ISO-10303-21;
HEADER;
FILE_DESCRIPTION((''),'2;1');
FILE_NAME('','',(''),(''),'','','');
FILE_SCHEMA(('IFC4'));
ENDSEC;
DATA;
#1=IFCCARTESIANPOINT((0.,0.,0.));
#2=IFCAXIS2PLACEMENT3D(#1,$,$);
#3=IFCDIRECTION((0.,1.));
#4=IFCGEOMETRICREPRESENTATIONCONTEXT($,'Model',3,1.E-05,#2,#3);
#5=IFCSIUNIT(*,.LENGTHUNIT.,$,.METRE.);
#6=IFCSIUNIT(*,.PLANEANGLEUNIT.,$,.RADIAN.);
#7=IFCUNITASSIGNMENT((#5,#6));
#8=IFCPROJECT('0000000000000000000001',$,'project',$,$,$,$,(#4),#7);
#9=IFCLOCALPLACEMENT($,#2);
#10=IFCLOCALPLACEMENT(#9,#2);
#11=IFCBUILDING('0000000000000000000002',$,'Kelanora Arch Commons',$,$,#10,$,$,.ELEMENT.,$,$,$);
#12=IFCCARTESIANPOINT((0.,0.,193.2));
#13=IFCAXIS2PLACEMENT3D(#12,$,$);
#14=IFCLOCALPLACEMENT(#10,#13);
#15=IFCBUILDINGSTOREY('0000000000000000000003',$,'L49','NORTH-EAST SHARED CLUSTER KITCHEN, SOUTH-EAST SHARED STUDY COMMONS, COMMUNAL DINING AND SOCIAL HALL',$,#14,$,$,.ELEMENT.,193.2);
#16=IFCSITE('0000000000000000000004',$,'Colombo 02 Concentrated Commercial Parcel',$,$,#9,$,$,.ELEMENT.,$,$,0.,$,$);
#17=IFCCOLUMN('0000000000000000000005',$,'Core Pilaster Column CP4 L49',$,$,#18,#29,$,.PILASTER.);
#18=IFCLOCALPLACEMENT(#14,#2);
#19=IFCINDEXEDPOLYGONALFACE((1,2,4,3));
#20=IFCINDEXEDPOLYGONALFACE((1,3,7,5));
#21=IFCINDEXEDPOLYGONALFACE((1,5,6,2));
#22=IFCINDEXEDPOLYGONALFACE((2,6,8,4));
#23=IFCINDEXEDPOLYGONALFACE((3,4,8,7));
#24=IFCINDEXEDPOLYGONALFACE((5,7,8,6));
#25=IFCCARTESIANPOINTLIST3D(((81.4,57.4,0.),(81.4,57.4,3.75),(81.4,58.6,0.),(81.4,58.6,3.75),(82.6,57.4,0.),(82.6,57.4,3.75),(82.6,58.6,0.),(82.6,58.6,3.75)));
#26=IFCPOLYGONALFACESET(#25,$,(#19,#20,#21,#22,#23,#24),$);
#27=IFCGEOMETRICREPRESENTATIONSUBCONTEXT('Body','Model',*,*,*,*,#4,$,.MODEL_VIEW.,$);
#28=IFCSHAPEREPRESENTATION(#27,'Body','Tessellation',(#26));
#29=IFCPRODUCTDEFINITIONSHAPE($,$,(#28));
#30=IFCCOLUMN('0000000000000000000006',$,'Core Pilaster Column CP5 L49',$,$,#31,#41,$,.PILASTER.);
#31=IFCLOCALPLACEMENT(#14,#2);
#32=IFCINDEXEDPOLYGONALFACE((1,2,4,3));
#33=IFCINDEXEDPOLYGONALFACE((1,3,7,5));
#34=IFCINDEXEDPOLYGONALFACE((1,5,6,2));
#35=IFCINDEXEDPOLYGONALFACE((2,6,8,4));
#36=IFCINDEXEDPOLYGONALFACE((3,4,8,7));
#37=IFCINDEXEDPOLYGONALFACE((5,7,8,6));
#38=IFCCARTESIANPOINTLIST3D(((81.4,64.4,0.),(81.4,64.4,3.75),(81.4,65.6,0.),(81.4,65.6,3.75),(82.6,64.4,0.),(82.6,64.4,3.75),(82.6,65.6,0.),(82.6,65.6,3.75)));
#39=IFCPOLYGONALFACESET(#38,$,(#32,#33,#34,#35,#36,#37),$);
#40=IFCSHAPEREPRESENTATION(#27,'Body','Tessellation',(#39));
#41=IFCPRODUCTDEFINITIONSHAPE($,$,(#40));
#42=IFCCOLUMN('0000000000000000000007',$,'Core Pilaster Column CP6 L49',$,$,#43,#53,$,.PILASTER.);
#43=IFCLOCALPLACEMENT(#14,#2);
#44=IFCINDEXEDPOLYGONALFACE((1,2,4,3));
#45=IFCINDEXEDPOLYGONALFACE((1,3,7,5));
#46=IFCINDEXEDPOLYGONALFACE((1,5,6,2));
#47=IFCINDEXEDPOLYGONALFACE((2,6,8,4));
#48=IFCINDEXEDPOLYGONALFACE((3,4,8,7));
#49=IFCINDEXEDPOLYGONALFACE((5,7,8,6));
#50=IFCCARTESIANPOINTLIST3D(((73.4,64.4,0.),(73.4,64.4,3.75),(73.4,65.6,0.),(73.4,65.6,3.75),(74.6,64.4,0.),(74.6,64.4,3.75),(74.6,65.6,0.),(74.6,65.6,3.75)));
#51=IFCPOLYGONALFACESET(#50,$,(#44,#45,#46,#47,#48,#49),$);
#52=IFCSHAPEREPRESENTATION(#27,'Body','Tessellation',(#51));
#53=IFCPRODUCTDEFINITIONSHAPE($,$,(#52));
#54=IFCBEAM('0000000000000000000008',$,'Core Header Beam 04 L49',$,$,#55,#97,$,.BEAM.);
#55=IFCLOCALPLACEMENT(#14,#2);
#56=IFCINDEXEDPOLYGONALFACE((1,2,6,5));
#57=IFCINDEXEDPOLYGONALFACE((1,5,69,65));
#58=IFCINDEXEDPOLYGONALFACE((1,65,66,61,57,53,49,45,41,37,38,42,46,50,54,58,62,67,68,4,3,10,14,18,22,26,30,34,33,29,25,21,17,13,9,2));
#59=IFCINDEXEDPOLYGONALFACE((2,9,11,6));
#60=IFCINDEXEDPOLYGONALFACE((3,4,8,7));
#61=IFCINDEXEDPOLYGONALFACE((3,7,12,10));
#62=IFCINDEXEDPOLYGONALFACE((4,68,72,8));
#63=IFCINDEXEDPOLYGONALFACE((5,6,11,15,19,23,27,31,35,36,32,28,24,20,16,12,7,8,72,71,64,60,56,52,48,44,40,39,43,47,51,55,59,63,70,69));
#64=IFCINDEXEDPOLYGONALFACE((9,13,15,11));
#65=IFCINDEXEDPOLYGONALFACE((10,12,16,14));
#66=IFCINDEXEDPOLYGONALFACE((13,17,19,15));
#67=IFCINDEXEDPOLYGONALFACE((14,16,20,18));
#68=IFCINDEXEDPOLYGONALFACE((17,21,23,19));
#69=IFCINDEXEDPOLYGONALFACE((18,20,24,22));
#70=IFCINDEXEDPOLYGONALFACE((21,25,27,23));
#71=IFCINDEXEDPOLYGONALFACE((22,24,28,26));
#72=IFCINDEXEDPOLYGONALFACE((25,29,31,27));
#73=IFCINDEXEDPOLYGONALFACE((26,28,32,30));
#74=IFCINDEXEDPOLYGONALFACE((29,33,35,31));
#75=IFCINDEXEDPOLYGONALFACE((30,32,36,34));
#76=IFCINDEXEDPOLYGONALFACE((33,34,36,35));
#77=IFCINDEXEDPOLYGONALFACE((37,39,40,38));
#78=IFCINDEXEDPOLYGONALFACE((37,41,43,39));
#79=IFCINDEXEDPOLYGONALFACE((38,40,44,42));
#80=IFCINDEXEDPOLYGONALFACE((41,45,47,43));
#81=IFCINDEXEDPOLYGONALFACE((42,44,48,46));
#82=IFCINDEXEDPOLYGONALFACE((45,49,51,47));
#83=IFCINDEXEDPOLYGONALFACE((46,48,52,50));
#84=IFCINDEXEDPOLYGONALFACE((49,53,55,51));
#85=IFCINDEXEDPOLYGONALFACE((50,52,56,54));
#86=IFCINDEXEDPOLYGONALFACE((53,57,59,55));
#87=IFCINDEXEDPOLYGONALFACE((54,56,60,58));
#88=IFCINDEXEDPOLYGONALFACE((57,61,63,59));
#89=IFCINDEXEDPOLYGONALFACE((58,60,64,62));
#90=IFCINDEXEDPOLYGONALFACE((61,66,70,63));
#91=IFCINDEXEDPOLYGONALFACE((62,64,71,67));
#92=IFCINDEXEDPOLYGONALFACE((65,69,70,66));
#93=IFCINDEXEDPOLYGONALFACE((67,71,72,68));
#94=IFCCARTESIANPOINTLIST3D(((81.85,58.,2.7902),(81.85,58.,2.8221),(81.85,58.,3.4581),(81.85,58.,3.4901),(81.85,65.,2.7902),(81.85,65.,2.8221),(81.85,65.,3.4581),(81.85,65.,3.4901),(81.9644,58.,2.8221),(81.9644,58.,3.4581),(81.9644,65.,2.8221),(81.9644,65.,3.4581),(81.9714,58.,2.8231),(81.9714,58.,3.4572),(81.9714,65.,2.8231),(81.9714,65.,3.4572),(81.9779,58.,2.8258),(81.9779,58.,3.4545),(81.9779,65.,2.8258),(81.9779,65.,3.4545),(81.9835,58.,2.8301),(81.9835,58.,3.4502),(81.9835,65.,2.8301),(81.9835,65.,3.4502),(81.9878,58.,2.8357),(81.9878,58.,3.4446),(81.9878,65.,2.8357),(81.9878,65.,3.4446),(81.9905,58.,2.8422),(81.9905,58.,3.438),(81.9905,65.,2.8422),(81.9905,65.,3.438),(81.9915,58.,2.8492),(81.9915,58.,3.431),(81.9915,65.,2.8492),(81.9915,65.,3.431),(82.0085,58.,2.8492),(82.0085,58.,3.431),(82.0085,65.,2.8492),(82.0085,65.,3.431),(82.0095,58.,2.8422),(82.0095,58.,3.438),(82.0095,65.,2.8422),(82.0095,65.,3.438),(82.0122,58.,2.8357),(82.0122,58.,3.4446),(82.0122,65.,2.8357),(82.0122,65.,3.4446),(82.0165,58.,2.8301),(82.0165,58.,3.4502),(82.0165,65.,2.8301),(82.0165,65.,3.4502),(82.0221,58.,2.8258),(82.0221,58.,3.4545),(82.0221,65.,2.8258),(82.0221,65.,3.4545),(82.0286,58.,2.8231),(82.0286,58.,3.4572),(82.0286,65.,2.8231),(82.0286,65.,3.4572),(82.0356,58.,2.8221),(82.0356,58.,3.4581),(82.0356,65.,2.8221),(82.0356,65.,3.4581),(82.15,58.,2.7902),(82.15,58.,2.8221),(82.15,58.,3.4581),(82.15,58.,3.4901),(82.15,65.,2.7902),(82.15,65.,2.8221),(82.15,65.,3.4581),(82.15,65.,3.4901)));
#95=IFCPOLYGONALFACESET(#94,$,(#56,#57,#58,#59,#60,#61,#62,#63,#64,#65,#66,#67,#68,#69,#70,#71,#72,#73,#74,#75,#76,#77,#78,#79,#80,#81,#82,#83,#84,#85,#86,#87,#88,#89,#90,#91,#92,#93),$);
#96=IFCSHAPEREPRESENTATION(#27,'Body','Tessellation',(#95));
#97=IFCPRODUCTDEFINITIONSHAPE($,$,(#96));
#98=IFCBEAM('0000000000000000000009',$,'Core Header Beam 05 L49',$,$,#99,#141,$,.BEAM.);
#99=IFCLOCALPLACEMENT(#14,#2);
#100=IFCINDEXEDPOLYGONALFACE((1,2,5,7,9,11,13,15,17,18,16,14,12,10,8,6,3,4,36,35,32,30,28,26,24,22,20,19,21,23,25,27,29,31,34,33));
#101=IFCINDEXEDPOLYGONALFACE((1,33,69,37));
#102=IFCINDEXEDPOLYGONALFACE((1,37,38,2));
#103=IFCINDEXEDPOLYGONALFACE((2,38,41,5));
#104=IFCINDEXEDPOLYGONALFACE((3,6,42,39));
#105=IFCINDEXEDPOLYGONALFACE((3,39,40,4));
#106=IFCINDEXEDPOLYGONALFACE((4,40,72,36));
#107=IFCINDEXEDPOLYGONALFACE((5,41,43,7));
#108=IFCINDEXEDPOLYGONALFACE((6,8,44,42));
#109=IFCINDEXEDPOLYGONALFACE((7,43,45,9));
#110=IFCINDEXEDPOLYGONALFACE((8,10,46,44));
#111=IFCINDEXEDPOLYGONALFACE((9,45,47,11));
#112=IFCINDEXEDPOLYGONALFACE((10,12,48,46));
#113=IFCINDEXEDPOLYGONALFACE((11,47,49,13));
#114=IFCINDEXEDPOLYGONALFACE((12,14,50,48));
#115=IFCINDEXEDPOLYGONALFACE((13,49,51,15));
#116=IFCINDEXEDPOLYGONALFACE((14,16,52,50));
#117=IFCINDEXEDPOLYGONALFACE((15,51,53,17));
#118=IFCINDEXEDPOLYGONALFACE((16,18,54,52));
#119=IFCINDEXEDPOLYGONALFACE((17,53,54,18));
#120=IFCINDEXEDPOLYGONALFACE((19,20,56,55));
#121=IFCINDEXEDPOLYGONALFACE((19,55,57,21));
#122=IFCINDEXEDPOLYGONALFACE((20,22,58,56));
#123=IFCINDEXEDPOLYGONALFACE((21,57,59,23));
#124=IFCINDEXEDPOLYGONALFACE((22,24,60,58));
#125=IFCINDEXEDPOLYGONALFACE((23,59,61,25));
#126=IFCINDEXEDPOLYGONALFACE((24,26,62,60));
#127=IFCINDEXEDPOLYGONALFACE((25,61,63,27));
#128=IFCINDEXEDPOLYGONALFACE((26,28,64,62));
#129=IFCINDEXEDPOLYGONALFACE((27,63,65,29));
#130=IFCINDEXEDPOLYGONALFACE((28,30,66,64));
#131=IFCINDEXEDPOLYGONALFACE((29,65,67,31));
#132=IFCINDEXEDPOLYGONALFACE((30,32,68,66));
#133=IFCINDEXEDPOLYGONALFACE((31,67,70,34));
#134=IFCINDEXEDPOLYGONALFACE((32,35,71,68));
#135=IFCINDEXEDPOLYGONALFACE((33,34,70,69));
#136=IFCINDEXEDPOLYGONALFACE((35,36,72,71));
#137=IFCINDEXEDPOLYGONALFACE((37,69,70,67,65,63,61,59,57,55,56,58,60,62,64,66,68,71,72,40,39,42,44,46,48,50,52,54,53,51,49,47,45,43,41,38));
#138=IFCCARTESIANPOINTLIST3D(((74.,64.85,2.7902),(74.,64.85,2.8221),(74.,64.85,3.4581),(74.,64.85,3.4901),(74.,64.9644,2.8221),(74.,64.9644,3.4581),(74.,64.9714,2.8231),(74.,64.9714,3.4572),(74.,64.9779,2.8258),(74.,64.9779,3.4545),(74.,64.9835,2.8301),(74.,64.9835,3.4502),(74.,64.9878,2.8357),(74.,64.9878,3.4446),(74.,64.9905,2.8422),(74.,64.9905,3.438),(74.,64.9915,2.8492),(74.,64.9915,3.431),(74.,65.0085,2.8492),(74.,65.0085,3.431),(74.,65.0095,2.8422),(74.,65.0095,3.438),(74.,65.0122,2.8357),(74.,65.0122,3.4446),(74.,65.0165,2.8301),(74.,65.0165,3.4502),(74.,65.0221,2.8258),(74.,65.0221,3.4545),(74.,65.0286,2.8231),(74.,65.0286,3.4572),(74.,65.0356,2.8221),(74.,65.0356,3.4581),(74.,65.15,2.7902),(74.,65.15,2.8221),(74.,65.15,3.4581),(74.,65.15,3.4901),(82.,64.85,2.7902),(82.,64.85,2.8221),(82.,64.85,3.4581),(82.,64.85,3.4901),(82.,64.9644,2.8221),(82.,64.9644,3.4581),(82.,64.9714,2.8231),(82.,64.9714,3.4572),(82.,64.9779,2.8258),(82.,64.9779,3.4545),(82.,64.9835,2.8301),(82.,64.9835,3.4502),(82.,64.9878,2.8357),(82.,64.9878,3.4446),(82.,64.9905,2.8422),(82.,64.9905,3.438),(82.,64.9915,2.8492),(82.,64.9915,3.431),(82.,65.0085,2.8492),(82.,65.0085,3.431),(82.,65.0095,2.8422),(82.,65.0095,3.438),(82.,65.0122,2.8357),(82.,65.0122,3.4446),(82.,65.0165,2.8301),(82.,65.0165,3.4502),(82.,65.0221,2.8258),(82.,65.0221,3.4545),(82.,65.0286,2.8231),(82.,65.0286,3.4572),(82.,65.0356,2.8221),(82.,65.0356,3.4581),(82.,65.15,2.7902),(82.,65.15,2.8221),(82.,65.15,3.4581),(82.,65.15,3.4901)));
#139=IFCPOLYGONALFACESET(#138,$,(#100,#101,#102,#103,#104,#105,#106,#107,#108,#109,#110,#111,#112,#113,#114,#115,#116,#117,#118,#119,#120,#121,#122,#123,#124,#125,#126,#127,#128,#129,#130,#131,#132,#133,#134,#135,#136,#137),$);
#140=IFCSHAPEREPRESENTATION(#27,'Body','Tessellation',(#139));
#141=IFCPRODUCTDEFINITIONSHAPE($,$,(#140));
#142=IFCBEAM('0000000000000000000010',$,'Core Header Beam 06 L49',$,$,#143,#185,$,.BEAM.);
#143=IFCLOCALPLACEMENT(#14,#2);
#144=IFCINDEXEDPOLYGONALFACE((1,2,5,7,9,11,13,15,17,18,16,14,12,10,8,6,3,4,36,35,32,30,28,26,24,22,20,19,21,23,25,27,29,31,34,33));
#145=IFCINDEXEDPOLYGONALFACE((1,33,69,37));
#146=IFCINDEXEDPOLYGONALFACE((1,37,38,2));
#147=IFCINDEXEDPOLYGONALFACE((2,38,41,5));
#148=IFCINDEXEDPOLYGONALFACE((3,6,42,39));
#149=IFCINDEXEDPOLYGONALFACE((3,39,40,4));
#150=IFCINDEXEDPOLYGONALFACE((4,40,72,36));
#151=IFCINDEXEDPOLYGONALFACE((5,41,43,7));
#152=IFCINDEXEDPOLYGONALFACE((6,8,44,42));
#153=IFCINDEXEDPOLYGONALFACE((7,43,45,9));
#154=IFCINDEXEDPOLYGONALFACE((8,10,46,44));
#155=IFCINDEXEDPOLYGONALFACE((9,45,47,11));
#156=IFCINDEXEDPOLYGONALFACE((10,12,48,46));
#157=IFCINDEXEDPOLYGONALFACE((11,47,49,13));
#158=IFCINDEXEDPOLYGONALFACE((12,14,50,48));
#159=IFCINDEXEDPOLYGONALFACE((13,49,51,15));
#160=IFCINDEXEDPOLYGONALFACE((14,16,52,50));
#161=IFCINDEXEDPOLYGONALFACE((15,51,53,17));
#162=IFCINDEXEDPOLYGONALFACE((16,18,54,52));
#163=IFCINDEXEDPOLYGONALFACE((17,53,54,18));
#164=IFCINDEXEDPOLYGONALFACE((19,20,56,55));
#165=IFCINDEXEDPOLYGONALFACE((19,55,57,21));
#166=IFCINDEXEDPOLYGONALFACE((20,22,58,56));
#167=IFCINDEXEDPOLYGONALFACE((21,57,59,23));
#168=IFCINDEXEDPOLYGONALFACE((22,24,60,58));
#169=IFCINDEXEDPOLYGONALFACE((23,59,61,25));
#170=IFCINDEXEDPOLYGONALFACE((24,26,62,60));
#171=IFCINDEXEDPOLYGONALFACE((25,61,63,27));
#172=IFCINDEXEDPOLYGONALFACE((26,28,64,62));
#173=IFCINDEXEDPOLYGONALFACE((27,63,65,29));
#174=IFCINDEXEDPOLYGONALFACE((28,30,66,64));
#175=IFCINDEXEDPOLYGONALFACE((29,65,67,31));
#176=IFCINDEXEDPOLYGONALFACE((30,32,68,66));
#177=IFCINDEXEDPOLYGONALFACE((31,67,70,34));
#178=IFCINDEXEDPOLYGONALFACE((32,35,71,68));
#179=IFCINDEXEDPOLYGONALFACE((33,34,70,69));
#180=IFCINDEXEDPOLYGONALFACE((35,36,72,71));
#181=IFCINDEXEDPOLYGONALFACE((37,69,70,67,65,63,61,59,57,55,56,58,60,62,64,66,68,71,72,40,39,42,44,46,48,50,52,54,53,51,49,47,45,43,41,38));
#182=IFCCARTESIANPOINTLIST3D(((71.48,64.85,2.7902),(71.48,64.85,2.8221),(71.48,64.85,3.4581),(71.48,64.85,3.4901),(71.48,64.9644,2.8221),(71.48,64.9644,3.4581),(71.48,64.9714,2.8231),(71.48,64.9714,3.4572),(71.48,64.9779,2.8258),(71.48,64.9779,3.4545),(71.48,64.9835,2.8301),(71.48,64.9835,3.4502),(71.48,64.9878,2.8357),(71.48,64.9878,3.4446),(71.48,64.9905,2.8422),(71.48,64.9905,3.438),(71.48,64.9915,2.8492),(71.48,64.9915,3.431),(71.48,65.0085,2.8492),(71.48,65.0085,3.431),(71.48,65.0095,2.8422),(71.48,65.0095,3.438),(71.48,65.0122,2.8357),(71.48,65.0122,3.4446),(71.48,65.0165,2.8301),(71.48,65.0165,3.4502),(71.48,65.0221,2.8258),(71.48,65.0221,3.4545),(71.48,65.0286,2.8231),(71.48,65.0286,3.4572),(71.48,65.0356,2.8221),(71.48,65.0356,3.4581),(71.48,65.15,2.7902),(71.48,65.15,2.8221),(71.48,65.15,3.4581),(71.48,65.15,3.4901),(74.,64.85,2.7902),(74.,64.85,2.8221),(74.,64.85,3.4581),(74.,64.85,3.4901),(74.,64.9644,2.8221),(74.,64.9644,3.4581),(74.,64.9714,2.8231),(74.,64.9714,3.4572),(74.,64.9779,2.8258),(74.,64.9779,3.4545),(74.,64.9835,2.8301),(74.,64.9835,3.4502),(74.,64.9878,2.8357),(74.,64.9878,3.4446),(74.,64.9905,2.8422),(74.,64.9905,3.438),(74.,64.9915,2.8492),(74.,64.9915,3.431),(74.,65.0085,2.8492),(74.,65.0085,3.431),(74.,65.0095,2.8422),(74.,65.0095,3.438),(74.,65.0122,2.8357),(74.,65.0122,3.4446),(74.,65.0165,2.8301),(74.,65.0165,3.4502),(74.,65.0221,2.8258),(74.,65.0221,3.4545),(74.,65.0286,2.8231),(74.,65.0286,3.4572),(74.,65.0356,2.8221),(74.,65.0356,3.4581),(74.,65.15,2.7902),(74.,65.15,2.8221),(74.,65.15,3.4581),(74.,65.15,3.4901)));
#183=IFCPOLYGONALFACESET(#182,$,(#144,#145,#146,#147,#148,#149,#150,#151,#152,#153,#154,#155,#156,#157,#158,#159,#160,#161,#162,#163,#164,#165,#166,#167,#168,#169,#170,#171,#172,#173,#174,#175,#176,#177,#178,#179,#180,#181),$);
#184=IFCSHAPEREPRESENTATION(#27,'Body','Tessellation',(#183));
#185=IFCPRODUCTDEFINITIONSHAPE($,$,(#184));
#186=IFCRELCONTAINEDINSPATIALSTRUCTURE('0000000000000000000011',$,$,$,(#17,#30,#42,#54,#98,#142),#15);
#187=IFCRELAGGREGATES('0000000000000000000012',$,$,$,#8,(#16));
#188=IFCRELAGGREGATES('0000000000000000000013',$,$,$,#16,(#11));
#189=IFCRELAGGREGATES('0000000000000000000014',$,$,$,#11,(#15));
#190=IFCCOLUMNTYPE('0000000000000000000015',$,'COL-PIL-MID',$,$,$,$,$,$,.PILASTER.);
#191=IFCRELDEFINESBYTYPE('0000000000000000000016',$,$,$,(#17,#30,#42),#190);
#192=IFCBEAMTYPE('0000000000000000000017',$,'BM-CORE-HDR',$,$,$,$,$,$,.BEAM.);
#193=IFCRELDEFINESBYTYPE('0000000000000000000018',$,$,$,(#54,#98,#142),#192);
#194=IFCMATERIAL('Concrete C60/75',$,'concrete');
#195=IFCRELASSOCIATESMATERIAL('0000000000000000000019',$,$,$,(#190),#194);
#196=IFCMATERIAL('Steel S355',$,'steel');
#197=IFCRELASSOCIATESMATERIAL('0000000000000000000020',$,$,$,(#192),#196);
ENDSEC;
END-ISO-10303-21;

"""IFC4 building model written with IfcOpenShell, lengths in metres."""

from ifc_helpers import new_model, si_unit, direction, frame, origin, origin_2d, place, context, subcontext, project, spatial, rectangle, i_section, extrude, material, material_profile, profile_set, type_object, element, save


model = new_model("IFC4")

# Units and contexts
model_context = context("Model", 3, precision=1e-05, world=origin(), true_north=direction((0.0, 1.0)))
body_context = subcontext(model_context, "Body", "Model", "MODEL_VIEW")
ifc_project = project(units=[si_unit("LENGTHUNIT", "METRE"), si_unit("PLANEANGLEUNIT", "RADIAN")], contexts=[model_context])

# Site, building, storey
site_placement = place(None, origin())
site = spatial("IfcSite", under=ifc_project, at=site_placement, Name="Colombo 02 Concentrated Commercial Parcel", CompositionType="ELEMENT", RefElevation=0.0)
building_placement = place(site_placement, origin())
building = spatial("IfcBuilding", under=site, at=building_placement, Name="Kelanora Arch Commons", CompositionType="ELEMENT")
storey_placement = place(building_placement, frame((0.0, 0.0, 193.2)))
storey = spatial("IfcBuildingStorey", under=building, at=storey_placement, Name="L49", Description="NORTH-EAST SHARED CLUSTER KITCHEN, SOUTH-EAST SHARED STUDY COMMONS, COMMUNAL DINING AND SOCIAL HALL", CompositionType="ELEMENT", Elevation=193.2)

# Columns
ifc_material_1 = material(Name="Concrete C60/75", Category="concrete")
ifc_material_profile_1 = material_profile(ifc_material_1, rectangle(XDim=1.2, YDim=1.2, at=origin_2d()), Name="RC1200x1200")
ifc_profile_set_1 = profile_set([ifc_material_profile_1], Name="Concrete C60/75")
column_type = type_object("IfcColumnType", Name="COL-PIL-MID", PredefinedType="PILASTER", material=ifc_profile_set_1)
for number, where, z_axis, x_axis, name in (
    (1, (82.0, 58.0, 0.0), (0.0, 0.0, 1.0), (1.0, 0.0, 0.0), "Core Pilaster Column CP4 L49"),
    (2, (82.0, 65.0, 0.0), (0.0, 0.0, 1.0), (1.0, 0.0, 0.0), "Core Pilaster Column CP5 L49"),
    (3, (74.0, 65.0, 0.0), (0.0, 0.0, 1.0), (1.0, 0.0, 0.0), "Core Pilaster Column CP6 L49"),
):
    element("IfcColumn", number, at=place(storey_placement, frame(where, z_axis=z_axis, x_axis=x_axis)), inside=storey, type_object=column_type, Name=name, PredefinedType="PILASTER", context=body_context, shape_type="SweptSolid", body=[
        extrude(rectangle(XDim=1.2, YDim=1.2, at=origin_2d()), origin(), (0.0, 0.0, 1.0), 3.75),
    ])

# Beams
ifc_material_2 = material(Name="Steel S355", Category="steel")
ifc_material_profile_2 = material_profile(ifc_material_2, i_section(OverallWidth=0.3, OverallDepth=0.7, WebThickness=0.0171, FlangeThickness=0.032, FilletRadius=0.0271, at=origin_2d()), Name="HEB700")
ifc_profile_set_2 = profile_set([ifc_material_profile_2], Name="Steel S355")
beam_type_1 = type_object("IfcBeamType", Name="BM-CORE-HDR", PredefinedType="BEAM", material=ifc_profile_set_2)
beam_1_placement = place(storey_placement, frame((82.0, 58.0, 3.1401), z_axis=(0.0, 1.0, 0.0), x_axis=(-1.0, 0.0, 0.0)))
element("IfcBeam", 4, at=beam_1_placement, inside=storey, type_object=beam_type_1, Name="Core Header Beam 04 L49", PredefinedType="BEAM", context=body_context, shape_type="SweptSolid", body=[
    extrude(i_section(OverallWidth=0.3, OverallDepth=0.7, WebThickness=0.0171, FlangeThickness=0.032, FilletRadius=0.0271, at=origin_2d()), origin(), (0.0, 0.0, 1.0), 7.0),
])
beam_2_placement = place(storey_placement, frame((82.0, 65.0, 3.1401), z_axis=(-1.0, 0.0, 0.0), x_axis=(0.0, -1.0, 0.0)))
element("IfcBeam", 5, at=beam_2_placement, inside=storey, type_object=beam_type_1, Name="Core Header Beam 05 L49", PredefinedType="BEAM", context=body_context, shape_type="SweptSolid", body=[
    extrude(i_section(OverallWidth=0.3, OverallDepth=0.7, WebThickness=0.0171, FlangeThickness=0.032, FilletRadius=0.0271, at=origin_2d()), origin(), (0.0, 0.0, 1.0), 8.0),
])
beam_3_placement = place(storey_placement, frame((74.0, 65.0, 3.1401), z_axis=(-1.0, 0.0, 0.0), x_axis=(0.0, -1.0, 0.0)))
element("IfcBeam", 6, at=beam_3_placement, inside=storey, type_object=beam_type_1, Name="Core Header Beam 06 L49", PredefinedType="BEAM", context=body_context, shape_type="SweptSolid", body=[
    extrude(i_section(OverallWidth=0.3, OverallDepth=0.7, WebThickness=0.0171, FlangeThickness=0.032, FilletRadius=0.0271, at=origin_2d()), origin(), (0.0, 0.0, 1.0), 2.52),
])

save(model, "model.ifc")
